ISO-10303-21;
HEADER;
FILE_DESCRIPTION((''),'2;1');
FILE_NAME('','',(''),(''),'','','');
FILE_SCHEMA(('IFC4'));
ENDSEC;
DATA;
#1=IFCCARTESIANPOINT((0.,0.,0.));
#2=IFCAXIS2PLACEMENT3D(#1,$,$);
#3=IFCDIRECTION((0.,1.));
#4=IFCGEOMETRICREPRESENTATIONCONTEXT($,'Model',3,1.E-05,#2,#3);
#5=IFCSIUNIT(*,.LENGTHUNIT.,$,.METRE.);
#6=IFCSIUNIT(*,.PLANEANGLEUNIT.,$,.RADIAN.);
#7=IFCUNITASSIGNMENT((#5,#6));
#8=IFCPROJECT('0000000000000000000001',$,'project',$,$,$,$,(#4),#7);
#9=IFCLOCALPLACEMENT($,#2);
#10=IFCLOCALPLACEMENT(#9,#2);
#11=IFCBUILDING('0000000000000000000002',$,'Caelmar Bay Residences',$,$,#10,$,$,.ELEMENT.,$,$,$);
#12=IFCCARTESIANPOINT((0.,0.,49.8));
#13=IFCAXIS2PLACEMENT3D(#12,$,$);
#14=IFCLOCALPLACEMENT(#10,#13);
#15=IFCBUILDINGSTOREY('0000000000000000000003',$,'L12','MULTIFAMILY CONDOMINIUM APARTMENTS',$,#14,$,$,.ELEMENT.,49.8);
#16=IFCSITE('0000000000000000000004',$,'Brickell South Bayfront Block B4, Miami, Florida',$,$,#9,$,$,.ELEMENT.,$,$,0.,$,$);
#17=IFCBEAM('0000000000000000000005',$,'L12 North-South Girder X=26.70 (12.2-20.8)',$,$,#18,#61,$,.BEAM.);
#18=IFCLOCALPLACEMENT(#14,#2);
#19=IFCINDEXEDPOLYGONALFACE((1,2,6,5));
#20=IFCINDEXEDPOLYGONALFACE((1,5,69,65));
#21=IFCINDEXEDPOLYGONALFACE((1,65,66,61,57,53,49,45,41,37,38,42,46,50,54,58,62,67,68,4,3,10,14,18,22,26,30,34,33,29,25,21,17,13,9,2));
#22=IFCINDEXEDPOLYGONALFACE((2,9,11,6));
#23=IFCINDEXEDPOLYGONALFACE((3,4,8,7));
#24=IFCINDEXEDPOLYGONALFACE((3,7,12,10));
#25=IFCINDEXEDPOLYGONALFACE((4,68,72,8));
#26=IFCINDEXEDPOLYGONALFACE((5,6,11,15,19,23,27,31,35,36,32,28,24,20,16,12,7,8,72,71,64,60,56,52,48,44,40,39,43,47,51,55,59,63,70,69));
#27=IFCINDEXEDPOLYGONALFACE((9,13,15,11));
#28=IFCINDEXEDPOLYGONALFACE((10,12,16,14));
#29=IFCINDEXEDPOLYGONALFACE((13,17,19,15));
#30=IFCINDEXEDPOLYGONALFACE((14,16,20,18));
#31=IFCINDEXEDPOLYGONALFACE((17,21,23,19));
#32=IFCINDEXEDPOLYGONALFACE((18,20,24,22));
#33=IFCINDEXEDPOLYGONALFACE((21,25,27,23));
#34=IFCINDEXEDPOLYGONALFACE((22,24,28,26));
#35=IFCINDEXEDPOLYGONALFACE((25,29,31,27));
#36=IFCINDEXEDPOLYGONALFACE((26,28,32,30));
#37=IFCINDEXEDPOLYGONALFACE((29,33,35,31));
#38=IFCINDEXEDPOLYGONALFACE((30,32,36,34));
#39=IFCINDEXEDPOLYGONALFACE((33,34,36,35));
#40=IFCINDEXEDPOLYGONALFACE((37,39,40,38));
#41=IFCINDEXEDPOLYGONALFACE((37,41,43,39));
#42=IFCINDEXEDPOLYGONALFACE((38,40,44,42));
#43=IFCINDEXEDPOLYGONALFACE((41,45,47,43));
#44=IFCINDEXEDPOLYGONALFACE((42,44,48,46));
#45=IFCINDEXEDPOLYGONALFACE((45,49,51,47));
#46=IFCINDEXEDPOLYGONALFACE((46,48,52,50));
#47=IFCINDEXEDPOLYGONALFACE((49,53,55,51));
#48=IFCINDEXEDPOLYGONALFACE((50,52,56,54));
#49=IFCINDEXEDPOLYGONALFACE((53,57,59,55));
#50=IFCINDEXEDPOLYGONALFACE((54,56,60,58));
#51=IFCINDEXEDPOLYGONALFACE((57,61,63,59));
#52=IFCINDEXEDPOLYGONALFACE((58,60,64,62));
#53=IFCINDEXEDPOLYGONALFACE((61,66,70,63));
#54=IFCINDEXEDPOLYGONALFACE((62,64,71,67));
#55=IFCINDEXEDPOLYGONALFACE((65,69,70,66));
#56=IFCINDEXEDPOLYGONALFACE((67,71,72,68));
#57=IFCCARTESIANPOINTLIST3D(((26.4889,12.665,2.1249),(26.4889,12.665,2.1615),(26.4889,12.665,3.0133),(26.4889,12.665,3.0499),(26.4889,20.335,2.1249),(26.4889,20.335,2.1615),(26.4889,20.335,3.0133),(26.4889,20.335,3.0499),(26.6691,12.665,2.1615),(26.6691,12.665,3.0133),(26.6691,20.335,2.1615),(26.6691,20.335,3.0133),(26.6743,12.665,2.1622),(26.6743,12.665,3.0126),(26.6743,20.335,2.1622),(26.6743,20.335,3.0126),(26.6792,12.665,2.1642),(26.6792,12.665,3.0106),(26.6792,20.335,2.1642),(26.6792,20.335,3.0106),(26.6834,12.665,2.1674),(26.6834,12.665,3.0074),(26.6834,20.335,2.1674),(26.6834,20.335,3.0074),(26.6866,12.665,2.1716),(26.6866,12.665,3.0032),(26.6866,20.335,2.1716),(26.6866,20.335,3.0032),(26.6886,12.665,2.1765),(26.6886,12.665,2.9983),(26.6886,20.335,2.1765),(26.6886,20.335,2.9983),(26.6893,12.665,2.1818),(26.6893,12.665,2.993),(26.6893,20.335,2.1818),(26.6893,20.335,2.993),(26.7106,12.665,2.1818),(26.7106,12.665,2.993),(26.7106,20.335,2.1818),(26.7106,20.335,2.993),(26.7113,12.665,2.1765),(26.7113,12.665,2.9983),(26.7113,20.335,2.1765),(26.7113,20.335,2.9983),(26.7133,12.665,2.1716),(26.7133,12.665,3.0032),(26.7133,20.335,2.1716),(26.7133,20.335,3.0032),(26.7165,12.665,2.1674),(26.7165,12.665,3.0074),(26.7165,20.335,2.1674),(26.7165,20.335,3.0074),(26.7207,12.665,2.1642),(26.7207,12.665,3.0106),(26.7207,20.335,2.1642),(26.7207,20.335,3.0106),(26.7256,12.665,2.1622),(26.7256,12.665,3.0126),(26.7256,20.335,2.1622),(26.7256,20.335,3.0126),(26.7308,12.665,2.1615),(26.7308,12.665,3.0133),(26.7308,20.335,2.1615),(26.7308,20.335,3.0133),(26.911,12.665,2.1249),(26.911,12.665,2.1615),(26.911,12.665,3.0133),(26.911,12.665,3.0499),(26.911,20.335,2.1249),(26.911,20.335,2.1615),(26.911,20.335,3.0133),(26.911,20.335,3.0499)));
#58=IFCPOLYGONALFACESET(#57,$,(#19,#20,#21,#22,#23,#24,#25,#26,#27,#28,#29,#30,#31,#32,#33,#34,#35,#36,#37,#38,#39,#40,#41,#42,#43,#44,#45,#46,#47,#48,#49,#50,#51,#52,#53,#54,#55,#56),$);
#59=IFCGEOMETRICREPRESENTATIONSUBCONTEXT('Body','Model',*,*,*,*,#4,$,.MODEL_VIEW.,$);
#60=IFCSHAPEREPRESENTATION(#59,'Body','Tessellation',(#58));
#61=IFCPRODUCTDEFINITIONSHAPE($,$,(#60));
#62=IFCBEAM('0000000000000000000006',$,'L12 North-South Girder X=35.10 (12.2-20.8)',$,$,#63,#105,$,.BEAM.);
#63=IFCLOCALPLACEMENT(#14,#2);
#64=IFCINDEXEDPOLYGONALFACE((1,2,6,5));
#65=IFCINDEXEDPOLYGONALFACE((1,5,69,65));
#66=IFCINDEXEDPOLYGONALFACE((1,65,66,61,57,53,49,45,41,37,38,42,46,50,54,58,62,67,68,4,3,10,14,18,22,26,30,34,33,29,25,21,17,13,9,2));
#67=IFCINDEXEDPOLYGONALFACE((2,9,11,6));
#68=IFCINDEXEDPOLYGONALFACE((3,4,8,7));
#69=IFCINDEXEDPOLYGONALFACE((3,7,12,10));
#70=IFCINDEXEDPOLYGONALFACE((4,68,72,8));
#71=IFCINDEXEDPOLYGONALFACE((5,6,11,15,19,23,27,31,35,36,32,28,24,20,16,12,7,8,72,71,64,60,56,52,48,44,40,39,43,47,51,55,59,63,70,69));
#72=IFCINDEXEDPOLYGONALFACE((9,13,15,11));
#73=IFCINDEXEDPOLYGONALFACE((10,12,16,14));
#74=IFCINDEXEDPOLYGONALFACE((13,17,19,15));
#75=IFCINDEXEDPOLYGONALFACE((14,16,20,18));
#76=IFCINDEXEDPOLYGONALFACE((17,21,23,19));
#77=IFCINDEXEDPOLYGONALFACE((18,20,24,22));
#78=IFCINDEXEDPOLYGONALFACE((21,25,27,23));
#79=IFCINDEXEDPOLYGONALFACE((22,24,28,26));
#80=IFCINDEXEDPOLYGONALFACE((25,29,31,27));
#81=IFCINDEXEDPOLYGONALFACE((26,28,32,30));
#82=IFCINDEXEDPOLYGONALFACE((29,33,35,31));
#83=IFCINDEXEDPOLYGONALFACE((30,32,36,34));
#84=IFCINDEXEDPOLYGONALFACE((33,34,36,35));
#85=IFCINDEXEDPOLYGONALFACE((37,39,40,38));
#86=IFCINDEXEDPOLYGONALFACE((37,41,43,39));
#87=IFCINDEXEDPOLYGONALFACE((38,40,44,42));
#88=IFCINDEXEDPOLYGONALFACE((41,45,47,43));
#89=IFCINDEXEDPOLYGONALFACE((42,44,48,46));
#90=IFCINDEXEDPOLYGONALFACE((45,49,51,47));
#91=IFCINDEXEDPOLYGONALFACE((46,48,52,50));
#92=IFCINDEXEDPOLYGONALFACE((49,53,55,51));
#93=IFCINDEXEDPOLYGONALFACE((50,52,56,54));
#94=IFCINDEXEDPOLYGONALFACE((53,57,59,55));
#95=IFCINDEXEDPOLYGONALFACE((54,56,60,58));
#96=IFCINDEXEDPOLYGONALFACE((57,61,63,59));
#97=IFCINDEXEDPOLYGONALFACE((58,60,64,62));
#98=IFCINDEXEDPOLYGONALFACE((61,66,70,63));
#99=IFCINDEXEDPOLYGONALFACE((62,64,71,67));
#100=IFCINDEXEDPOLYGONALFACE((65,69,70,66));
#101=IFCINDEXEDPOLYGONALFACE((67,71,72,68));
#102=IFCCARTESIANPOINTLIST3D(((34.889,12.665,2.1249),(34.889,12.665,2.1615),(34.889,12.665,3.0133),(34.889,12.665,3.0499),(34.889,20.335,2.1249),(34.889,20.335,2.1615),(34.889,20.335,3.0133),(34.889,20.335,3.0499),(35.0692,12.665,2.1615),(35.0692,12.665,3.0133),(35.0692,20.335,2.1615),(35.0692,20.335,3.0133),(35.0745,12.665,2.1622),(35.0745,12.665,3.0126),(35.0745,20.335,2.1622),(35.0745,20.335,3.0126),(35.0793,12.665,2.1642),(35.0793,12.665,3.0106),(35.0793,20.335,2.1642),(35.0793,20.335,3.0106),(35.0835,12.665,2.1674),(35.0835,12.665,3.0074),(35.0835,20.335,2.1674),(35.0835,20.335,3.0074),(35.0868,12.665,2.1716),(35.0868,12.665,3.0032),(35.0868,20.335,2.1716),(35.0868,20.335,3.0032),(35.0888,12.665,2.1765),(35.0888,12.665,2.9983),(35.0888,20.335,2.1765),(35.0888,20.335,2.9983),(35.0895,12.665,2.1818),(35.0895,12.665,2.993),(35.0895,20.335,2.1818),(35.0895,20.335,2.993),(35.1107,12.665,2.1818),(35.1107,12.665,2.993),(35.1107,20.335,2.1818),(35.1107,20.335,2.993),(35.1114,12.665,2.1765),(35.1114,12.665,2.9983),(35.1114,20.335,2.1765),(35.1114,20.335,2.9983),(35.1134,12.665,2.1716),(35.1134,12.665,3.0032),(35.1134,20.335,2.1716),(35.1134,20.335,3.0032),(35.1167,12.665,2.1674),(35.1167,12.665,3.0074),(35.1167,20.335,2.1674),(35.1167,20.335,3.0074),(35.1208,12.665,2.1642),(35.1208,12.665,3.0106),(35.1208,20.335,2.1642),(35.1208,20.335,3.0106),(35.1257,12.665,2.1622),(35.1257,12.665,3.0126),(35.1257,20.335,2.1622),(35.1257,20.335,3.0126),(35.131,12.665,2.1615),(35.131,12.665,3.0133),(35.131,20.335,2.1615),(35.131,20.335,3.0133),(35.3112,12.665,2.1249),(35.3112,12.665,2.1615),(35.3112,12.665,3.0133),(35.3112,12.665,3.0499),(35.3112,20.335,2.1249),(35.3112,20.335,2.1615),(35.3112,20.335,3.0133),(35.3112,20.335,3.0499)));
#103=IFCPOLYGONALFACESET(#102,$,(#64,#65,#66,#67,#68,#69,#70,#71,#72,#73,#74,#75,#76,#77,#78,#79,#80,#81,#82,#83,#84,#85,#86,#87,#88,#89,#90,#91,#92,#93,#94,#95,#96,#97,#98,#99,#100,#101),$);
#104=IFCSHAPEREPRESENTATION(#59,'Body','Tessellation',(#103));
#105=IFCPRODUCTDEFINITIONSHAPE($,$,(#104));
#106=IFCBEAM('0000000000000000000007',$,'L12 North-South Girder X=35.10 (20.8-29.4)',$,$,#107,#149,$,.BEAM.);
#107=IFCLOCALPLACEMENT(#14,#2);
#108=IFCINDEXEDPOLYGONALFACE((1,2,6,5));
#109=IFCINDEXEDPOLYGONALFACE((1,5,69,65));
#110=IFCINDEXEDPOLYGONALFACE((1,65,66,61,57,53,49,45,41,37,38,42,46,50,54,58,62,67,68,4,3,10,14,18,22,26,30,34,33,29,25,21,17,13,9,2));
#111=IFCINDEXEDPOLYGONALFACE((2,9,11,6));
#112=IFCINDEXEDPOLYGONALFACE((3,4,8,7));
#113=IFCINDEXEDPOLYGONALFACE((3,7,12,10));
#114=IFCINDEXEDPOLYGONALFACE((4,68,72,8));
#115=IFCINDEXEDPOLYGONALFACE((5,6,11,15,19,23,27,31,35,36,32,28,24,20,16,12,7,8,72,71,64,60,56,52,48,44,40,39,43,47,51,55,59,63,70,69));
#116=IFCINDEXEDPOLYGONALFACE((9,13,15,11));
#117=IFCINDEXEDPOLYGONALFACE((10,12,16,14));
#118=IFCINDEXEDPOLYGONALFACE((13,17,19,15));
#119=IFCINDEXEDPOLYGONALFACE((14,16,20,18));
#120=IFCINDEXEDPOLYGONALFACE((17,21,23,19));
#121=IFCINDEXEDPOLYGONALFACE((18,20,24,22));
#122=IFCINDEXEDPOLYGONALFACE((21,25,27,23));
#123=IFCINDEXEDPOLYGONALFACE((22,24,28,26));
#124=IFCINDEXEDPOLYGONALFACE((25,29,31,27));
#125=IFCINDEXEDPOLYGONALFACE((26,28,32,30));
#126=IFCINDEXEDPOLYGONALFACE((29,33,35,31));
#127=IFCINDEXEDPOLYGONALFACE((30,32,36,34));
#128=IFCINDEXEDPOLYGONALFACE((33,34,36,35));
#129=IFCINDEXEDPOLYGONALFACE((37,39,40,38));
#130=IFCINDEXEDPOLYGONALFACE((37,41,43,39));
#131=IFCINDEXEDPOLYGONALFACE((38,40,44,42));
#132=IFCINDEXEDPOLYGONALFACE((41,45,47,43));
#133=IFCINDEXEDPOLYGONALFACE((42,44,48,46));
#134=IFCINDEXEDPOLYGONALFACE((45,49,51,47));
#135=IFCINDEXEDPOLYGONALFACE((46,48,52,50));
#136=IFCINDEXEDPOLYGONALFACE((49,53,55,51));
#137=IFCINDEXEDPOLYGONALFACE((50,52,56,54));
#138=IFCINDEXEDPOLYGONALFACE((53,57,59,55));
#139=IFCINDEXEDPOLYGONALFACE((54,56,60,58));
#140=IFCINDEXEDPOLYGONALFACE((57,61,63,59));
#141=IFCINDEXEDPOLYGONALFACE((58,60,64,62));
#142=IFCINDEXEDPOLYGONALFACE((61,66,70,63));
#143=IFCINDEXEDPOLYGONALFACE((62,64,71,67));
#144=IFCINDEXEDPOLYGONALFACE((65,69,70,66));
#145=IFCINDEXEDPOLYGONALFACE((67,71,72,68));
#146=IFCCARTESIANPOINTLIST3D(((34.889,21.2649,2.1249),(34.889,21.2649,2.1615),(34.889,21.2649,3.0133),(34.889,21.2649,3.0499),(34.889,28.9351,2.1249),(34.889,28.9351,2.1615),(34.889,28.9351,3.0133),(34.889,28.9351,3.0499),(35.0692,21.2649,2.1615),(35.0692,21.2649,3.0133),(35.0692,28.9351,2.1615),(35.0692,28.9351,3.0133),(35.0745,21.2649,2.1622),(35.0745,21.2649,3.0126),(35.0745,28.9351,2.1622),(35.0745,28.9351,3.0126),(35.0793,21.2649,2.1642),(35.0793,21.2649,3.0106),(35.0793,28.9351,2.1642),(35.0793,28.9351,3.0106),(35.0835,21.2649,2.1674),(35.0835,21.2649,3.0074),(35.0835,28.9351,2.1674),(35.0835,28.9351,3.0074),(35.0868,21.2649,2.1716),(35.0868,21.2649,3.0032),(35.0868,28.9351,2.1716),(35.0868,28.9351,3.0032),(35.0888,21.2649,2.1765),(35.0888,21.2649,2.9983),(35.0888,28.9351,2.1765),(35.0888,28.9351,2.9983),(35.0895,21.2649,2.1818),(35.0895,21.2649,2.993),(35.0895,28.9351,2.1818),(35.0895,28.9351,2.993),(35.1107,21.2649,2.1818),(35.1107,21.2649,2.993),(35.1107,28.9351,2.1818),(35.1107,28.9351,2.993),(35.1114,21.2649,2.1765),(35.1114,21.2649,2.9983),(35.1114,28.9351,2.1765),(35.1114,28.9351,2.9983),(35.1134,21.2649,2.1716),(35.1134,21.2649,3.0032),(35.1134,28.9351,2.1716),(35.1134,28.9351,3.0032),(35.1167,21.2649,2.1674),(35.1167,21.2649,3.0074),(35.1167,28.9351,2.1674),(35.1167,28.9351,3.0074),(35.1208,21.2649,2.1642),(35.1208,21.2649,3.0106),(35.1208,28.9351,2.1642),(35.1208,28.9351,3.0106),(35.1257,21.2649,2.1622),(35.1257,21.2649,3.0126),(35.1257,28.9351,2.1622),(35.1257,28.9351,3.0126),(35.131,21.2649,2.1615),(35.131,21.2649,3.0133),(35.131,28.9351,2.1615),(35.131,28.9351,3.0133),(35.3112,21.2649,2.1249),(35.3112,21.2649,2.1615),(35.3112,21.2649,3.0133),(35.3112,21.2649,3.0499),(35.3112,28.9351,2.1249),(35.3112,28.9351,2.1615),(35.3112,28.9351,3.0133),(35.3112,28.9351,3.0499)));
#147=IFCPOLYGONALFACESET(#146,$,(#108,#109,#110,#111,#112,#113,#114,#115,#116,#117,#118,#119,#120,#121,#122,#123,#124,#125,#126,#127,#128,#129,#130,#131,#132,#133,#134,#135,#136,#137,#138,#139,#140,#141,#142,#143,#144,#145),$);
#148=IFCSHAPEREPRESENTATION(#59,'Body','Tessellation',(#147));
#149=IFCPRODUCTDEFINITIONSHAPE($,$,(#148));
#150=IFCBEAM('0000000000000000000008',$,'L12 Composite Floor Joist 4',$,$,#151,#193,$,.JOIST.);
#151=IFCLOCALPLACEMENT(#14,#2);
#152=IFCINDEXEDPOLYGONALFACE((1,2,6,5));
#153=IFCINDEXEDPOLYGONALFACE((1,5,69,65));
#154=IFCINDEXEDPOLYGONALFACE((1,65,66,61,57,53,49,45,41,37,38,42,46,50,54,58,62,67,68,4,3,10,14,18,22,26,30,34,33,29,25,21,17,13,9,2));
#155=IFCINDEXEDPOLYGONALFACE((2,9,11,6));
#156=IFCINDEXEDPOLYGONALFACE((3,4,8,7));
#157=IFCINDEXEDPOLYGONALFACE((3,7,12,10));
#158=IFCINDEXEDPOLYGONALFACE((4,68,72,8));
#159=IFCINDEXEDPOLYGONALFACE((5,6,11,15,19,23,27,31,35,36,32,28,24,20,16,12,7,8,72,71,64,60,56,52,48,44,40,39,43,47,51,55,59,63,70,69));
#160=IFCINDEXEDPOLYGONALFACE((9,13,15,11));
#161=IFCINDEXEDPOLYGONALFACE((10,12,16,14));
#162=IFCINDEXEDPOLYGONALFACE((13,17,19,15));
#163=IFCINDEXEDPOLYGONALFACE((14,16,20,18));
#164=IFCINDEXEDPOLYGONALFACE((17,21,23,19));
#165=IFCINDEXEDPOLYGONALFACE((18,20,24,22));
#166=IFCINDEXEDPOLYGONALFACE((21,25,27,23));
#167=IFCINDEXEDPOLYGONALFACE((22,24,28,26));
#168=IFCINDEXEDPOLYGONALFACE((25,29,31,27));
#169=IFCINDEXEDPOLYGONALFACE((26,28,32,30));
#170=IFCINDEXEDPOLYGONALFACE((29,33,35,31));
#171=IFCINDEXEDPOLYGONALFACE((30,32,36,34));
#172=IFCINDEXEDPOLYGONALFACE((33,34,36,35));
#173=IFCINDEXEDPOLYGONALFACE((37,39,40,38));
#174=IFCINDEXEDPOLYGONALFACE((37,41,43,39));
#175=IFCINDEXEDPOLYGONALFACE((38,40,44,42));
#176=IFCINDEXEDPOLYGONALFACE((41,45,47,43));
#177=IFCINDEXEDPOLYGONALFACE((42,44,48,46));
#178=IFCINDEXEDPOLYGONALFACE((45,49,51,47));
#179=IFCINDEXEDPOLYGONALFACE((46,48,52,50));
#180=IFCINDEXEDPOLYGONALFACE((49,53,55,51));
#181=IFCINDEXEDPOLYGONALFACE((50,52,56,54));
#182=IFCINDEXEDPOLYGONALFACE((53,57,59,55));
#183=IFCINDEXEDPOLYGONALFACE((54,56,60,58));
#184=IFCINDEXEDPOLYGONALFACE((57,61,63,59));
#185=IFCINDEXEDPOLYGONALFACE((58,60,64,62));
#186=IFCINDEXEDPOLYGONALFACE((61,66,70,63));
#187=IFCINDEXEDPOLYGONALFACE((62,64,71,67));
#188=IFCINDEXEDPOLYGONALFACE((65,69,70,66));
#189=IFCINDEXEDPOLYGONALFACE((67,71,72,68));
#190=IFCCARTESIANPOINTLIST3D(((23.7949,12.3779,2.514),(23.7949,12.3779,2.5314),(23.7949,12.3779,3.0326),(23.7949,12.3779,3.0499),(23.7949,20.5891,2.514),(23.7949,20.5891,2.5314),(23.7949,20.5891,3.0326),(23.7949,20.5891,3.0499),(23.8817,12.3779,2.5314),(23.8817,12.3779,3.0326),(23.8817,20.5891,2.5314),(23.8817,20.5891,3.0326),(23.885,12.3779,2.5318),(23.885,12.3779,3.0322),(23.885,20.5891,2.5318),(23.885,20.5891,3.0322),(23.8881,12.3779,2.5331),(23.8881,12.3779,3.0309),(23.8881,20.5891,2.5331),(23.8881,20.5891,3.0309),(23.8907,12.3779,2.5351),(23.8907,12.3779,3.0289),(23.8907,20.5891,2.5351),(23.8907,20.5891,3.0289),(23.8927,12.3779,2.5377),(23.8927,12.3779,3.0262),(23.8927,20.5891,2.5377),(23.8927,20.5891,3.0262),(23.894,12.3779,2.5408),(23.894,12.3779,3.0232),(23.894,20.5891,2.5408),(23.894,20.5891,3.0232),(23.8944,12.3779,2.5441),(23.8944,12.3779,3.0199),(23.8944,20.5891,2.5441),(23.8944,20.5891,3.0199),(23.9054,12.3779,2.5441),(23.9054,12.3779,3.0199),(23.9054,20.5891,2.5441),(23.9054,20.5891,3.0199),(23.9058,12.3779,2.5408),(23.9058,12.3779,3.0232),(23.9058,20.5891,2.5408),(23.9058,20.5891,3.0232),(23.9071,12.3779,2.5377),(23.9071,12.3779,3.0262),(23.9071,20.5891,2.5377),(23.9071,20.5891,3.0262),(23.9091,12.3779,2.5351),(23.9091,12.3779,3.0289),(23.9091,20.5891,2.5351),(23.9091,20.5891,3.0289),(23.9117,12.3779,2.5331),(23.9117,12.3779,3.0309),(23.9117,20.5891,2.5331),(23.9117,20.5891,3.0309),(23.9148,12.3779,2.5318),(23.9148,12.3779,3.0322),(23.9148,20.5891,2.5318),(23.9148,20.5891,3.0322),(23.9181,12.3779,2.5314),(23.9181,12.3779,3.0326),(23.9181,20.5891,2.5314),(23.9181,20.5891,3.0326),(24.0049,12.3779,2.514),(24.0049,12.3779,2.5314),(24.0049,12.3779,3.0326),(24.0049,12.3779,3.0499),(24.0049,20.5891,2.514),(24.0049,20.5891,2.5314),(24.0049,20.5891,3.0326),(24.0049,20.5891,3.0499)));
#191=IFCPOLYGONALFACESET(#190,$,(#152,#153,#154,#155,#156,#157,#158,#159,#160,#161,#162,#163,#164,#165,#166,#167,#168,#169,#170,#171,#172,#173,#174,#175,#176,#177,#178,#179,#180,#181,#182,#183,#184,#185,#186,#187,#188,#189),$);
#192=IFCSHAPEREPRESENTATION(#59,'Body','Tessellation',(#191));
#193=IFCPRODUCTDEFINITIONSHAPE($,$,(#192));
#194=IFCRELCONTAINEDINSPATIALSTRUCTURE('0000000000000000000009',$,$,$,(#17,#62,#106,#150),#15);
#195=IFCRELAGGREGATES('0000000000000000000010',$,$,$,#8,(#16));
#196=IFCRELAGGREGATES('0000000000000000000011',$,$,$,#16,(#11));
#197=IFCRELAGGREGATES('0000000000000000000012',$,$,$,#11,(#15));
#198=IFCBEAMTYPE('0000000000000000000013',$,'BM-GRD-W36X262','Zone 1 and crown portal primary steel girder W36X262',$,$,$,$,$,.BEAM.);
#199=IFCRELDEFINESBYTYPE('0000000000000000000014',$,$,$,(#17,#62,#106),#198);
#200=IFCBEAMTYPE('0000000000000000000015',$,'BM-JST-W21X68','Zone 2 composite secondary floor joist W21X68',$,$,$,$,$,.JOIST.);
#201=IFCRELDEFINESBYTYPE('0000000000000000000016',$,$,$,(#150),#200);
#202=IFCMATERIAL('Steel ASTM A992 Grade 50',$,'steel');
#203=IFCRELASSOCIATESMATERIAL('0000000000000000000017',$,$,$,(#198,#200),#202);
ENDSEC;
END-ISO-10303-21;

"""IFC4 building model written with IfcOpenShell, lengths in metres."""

from ifc_helpers import new_model, si_unit, direction, frame, origin, origin_2d, place, context, subcontext, project, spatial, i_section, extrude, material, material_profile, profile_set, type_object, element, save


model = new_model("IFC4")

# Units and contexts
model_context = context("Model", 3, precision=1e-05, world=origin(), true_north=direction((0.0, 1.0)))
body_context = subcontext(model_context, "Body", "Model", "MODEL_VIEW")
ifc_project = project(units=[si_unit("LENGTHUNIT", "METRE"), si_unit("PLANEANGLEUNIT", "RADIAN")], contexts=[model_context])

# Site, building, storey
site_placement = place(None, origin())
site = spatial("IfcSite", under=ifc_project, at=site_placement, Name="Brickell South Bayfront Block B4, Miami, Florida", CompositionType="ELEMENT", RefElevation=0.0)
building_placement = place(site_placement, origin())
building = spatial("IfcBuilding", under=site, at=building_placement, Name="Caelmar Bay Residences", CompositionType="ELEMENT")
storey_placement = place(building_placement, frame((0.0, 0.0, 49.8)))
storey = spatial("IfcBuildingStorey", under=building, at=storey_placement, Name="L12", Description="MULTIFAMILY CONDOMINIUM APARTMENTS", CompositionType="ELEMENT", Elevation=49.8)

# Beams
ifc_material_1 = material(Name="Steel ASTM A992 Grade 50", Category="steel")
ifc_material_profile_1 = material_profile(ifc_material_1, i_section(OverallWidth=0.4221, OverallDepth=0.925, WebThickness=0.0212, FlangeThickness=0.0366, FilletRadius=0.0203, at=origin_2d()), Name="W36X262")
ifc_profile_set_1 = profile_set([ifc_material_profile_1], Name="Steel ASTM A992 Grade 50")
beam_type_1 = type_object("IfcBeamType", Name="BM-GRD-W36X262", Description="Zone 1 and crown portal primary steel girder W36X262", PredefinedType="BEAM", material=ifc_profile_set_1)
for number, where, z_axis, x_axis, name in (
    (1, (26.7, 12.665, 2.5874), (0.0, 1.0, 0.0), (-1.0, 0.0, 0.0), "L12 North-South Girder X=26.70 (12.2-20.8)"),
    (2, (35.1001, 12.665, 2.5874), (0.0, 1.0, 0.0), (-1.0, 0.0, 0.0), "L12 North-South Girder X=35.10 (12.2-20.8)"),
):
    element("IfcBeam", number, at=place(storey_placement, frame(where, z_axis=z_axis, x_axis=x_axis)), inside=storey, type_object=beam_type_1, Name=name, PredefinedType="BEAM", context=body_context, shape_type="SweptSolid", body=[
        extrude(i_section(OverallWidth=0.4221, OverallDepth=0.925, WebThickness=0.0212, FlangeThickness=0.0366, FilletRadius=0.0203, at=origin_2d()), origin(), (0.0, 0.0, 1.0), 7.6699),
    ])
beam_1_placement = place(storey_placement, frame((35.1001, 21.2649, 2.5874), z_axis=(0.0, 1.0, 0.0), x_axis=(-1.0, 0.0, 0.0)))
element("IfcBeam", 3, at=beam_1_placement, inside=storey, type_object=beam_type_1, Name="L12 North-South Girder X=35.10 (20.8-29.4)", PredefinedType="BEAM", context=body_context, shape_type="SweptSolid", body=[
    extrude(i_section(OverallWidth=0.4221, OverallDepth=0.925, WebThickness=0.0212, FlangeThickness=0.0366, FilletRadius=0.0203, at=origin_2d()), origin(), (0.0, 0.0, 1.0), 7.6702),
])
ifc_material_profile_2 = material_profile(ifc_material_1, i_section(OverallWidth=0.21, OverallDepth=0.5359, WebThickness=0.011, FlangeThickness=0.0173, FilletRadius=0.0127, at=origin_2d()), Name="W21X68")
ifc_profile_set_2 = profile_set([ifc_material_profile_2], Name="Steel ASTM A992 Grade 50")
beam_type_2 = type_object("IfcBeamType", Name="BM-JST-W21X68", Description="Zone 2 composite secondary floor joist W21X68", PredefinedType="JOIST", material=ifc_profile_set_2)
for number, where, z_axis, x_axis, name in (
    (4, (23.8999, 12.3779, 2.782), (0.0, 1.0, 0.0), (-1.0, 0.0, 0.0), "L12 Composite Floor Joist 4"),
):
    element("IfcBeam", number, at=place(storey_placement, frame(where, z_axis=z_axis, x_axis=x_axis)), inside=storey, type_object=beam_type_2, Name=name, PredefinedType="JOIST", context=body_context, shape_type="SweptSolid", body=[
        extrude(i_section(OverallWidth=0.21, OverallDepth=0.5359, WebThickness=0.011, FlangeThickness=0.0173, FilletRadius=0.0127, at=origin_2d()), origin(), (0.0, 0.0, 1.0), 8.2112),
    ])

save(model, "model.ifc")
